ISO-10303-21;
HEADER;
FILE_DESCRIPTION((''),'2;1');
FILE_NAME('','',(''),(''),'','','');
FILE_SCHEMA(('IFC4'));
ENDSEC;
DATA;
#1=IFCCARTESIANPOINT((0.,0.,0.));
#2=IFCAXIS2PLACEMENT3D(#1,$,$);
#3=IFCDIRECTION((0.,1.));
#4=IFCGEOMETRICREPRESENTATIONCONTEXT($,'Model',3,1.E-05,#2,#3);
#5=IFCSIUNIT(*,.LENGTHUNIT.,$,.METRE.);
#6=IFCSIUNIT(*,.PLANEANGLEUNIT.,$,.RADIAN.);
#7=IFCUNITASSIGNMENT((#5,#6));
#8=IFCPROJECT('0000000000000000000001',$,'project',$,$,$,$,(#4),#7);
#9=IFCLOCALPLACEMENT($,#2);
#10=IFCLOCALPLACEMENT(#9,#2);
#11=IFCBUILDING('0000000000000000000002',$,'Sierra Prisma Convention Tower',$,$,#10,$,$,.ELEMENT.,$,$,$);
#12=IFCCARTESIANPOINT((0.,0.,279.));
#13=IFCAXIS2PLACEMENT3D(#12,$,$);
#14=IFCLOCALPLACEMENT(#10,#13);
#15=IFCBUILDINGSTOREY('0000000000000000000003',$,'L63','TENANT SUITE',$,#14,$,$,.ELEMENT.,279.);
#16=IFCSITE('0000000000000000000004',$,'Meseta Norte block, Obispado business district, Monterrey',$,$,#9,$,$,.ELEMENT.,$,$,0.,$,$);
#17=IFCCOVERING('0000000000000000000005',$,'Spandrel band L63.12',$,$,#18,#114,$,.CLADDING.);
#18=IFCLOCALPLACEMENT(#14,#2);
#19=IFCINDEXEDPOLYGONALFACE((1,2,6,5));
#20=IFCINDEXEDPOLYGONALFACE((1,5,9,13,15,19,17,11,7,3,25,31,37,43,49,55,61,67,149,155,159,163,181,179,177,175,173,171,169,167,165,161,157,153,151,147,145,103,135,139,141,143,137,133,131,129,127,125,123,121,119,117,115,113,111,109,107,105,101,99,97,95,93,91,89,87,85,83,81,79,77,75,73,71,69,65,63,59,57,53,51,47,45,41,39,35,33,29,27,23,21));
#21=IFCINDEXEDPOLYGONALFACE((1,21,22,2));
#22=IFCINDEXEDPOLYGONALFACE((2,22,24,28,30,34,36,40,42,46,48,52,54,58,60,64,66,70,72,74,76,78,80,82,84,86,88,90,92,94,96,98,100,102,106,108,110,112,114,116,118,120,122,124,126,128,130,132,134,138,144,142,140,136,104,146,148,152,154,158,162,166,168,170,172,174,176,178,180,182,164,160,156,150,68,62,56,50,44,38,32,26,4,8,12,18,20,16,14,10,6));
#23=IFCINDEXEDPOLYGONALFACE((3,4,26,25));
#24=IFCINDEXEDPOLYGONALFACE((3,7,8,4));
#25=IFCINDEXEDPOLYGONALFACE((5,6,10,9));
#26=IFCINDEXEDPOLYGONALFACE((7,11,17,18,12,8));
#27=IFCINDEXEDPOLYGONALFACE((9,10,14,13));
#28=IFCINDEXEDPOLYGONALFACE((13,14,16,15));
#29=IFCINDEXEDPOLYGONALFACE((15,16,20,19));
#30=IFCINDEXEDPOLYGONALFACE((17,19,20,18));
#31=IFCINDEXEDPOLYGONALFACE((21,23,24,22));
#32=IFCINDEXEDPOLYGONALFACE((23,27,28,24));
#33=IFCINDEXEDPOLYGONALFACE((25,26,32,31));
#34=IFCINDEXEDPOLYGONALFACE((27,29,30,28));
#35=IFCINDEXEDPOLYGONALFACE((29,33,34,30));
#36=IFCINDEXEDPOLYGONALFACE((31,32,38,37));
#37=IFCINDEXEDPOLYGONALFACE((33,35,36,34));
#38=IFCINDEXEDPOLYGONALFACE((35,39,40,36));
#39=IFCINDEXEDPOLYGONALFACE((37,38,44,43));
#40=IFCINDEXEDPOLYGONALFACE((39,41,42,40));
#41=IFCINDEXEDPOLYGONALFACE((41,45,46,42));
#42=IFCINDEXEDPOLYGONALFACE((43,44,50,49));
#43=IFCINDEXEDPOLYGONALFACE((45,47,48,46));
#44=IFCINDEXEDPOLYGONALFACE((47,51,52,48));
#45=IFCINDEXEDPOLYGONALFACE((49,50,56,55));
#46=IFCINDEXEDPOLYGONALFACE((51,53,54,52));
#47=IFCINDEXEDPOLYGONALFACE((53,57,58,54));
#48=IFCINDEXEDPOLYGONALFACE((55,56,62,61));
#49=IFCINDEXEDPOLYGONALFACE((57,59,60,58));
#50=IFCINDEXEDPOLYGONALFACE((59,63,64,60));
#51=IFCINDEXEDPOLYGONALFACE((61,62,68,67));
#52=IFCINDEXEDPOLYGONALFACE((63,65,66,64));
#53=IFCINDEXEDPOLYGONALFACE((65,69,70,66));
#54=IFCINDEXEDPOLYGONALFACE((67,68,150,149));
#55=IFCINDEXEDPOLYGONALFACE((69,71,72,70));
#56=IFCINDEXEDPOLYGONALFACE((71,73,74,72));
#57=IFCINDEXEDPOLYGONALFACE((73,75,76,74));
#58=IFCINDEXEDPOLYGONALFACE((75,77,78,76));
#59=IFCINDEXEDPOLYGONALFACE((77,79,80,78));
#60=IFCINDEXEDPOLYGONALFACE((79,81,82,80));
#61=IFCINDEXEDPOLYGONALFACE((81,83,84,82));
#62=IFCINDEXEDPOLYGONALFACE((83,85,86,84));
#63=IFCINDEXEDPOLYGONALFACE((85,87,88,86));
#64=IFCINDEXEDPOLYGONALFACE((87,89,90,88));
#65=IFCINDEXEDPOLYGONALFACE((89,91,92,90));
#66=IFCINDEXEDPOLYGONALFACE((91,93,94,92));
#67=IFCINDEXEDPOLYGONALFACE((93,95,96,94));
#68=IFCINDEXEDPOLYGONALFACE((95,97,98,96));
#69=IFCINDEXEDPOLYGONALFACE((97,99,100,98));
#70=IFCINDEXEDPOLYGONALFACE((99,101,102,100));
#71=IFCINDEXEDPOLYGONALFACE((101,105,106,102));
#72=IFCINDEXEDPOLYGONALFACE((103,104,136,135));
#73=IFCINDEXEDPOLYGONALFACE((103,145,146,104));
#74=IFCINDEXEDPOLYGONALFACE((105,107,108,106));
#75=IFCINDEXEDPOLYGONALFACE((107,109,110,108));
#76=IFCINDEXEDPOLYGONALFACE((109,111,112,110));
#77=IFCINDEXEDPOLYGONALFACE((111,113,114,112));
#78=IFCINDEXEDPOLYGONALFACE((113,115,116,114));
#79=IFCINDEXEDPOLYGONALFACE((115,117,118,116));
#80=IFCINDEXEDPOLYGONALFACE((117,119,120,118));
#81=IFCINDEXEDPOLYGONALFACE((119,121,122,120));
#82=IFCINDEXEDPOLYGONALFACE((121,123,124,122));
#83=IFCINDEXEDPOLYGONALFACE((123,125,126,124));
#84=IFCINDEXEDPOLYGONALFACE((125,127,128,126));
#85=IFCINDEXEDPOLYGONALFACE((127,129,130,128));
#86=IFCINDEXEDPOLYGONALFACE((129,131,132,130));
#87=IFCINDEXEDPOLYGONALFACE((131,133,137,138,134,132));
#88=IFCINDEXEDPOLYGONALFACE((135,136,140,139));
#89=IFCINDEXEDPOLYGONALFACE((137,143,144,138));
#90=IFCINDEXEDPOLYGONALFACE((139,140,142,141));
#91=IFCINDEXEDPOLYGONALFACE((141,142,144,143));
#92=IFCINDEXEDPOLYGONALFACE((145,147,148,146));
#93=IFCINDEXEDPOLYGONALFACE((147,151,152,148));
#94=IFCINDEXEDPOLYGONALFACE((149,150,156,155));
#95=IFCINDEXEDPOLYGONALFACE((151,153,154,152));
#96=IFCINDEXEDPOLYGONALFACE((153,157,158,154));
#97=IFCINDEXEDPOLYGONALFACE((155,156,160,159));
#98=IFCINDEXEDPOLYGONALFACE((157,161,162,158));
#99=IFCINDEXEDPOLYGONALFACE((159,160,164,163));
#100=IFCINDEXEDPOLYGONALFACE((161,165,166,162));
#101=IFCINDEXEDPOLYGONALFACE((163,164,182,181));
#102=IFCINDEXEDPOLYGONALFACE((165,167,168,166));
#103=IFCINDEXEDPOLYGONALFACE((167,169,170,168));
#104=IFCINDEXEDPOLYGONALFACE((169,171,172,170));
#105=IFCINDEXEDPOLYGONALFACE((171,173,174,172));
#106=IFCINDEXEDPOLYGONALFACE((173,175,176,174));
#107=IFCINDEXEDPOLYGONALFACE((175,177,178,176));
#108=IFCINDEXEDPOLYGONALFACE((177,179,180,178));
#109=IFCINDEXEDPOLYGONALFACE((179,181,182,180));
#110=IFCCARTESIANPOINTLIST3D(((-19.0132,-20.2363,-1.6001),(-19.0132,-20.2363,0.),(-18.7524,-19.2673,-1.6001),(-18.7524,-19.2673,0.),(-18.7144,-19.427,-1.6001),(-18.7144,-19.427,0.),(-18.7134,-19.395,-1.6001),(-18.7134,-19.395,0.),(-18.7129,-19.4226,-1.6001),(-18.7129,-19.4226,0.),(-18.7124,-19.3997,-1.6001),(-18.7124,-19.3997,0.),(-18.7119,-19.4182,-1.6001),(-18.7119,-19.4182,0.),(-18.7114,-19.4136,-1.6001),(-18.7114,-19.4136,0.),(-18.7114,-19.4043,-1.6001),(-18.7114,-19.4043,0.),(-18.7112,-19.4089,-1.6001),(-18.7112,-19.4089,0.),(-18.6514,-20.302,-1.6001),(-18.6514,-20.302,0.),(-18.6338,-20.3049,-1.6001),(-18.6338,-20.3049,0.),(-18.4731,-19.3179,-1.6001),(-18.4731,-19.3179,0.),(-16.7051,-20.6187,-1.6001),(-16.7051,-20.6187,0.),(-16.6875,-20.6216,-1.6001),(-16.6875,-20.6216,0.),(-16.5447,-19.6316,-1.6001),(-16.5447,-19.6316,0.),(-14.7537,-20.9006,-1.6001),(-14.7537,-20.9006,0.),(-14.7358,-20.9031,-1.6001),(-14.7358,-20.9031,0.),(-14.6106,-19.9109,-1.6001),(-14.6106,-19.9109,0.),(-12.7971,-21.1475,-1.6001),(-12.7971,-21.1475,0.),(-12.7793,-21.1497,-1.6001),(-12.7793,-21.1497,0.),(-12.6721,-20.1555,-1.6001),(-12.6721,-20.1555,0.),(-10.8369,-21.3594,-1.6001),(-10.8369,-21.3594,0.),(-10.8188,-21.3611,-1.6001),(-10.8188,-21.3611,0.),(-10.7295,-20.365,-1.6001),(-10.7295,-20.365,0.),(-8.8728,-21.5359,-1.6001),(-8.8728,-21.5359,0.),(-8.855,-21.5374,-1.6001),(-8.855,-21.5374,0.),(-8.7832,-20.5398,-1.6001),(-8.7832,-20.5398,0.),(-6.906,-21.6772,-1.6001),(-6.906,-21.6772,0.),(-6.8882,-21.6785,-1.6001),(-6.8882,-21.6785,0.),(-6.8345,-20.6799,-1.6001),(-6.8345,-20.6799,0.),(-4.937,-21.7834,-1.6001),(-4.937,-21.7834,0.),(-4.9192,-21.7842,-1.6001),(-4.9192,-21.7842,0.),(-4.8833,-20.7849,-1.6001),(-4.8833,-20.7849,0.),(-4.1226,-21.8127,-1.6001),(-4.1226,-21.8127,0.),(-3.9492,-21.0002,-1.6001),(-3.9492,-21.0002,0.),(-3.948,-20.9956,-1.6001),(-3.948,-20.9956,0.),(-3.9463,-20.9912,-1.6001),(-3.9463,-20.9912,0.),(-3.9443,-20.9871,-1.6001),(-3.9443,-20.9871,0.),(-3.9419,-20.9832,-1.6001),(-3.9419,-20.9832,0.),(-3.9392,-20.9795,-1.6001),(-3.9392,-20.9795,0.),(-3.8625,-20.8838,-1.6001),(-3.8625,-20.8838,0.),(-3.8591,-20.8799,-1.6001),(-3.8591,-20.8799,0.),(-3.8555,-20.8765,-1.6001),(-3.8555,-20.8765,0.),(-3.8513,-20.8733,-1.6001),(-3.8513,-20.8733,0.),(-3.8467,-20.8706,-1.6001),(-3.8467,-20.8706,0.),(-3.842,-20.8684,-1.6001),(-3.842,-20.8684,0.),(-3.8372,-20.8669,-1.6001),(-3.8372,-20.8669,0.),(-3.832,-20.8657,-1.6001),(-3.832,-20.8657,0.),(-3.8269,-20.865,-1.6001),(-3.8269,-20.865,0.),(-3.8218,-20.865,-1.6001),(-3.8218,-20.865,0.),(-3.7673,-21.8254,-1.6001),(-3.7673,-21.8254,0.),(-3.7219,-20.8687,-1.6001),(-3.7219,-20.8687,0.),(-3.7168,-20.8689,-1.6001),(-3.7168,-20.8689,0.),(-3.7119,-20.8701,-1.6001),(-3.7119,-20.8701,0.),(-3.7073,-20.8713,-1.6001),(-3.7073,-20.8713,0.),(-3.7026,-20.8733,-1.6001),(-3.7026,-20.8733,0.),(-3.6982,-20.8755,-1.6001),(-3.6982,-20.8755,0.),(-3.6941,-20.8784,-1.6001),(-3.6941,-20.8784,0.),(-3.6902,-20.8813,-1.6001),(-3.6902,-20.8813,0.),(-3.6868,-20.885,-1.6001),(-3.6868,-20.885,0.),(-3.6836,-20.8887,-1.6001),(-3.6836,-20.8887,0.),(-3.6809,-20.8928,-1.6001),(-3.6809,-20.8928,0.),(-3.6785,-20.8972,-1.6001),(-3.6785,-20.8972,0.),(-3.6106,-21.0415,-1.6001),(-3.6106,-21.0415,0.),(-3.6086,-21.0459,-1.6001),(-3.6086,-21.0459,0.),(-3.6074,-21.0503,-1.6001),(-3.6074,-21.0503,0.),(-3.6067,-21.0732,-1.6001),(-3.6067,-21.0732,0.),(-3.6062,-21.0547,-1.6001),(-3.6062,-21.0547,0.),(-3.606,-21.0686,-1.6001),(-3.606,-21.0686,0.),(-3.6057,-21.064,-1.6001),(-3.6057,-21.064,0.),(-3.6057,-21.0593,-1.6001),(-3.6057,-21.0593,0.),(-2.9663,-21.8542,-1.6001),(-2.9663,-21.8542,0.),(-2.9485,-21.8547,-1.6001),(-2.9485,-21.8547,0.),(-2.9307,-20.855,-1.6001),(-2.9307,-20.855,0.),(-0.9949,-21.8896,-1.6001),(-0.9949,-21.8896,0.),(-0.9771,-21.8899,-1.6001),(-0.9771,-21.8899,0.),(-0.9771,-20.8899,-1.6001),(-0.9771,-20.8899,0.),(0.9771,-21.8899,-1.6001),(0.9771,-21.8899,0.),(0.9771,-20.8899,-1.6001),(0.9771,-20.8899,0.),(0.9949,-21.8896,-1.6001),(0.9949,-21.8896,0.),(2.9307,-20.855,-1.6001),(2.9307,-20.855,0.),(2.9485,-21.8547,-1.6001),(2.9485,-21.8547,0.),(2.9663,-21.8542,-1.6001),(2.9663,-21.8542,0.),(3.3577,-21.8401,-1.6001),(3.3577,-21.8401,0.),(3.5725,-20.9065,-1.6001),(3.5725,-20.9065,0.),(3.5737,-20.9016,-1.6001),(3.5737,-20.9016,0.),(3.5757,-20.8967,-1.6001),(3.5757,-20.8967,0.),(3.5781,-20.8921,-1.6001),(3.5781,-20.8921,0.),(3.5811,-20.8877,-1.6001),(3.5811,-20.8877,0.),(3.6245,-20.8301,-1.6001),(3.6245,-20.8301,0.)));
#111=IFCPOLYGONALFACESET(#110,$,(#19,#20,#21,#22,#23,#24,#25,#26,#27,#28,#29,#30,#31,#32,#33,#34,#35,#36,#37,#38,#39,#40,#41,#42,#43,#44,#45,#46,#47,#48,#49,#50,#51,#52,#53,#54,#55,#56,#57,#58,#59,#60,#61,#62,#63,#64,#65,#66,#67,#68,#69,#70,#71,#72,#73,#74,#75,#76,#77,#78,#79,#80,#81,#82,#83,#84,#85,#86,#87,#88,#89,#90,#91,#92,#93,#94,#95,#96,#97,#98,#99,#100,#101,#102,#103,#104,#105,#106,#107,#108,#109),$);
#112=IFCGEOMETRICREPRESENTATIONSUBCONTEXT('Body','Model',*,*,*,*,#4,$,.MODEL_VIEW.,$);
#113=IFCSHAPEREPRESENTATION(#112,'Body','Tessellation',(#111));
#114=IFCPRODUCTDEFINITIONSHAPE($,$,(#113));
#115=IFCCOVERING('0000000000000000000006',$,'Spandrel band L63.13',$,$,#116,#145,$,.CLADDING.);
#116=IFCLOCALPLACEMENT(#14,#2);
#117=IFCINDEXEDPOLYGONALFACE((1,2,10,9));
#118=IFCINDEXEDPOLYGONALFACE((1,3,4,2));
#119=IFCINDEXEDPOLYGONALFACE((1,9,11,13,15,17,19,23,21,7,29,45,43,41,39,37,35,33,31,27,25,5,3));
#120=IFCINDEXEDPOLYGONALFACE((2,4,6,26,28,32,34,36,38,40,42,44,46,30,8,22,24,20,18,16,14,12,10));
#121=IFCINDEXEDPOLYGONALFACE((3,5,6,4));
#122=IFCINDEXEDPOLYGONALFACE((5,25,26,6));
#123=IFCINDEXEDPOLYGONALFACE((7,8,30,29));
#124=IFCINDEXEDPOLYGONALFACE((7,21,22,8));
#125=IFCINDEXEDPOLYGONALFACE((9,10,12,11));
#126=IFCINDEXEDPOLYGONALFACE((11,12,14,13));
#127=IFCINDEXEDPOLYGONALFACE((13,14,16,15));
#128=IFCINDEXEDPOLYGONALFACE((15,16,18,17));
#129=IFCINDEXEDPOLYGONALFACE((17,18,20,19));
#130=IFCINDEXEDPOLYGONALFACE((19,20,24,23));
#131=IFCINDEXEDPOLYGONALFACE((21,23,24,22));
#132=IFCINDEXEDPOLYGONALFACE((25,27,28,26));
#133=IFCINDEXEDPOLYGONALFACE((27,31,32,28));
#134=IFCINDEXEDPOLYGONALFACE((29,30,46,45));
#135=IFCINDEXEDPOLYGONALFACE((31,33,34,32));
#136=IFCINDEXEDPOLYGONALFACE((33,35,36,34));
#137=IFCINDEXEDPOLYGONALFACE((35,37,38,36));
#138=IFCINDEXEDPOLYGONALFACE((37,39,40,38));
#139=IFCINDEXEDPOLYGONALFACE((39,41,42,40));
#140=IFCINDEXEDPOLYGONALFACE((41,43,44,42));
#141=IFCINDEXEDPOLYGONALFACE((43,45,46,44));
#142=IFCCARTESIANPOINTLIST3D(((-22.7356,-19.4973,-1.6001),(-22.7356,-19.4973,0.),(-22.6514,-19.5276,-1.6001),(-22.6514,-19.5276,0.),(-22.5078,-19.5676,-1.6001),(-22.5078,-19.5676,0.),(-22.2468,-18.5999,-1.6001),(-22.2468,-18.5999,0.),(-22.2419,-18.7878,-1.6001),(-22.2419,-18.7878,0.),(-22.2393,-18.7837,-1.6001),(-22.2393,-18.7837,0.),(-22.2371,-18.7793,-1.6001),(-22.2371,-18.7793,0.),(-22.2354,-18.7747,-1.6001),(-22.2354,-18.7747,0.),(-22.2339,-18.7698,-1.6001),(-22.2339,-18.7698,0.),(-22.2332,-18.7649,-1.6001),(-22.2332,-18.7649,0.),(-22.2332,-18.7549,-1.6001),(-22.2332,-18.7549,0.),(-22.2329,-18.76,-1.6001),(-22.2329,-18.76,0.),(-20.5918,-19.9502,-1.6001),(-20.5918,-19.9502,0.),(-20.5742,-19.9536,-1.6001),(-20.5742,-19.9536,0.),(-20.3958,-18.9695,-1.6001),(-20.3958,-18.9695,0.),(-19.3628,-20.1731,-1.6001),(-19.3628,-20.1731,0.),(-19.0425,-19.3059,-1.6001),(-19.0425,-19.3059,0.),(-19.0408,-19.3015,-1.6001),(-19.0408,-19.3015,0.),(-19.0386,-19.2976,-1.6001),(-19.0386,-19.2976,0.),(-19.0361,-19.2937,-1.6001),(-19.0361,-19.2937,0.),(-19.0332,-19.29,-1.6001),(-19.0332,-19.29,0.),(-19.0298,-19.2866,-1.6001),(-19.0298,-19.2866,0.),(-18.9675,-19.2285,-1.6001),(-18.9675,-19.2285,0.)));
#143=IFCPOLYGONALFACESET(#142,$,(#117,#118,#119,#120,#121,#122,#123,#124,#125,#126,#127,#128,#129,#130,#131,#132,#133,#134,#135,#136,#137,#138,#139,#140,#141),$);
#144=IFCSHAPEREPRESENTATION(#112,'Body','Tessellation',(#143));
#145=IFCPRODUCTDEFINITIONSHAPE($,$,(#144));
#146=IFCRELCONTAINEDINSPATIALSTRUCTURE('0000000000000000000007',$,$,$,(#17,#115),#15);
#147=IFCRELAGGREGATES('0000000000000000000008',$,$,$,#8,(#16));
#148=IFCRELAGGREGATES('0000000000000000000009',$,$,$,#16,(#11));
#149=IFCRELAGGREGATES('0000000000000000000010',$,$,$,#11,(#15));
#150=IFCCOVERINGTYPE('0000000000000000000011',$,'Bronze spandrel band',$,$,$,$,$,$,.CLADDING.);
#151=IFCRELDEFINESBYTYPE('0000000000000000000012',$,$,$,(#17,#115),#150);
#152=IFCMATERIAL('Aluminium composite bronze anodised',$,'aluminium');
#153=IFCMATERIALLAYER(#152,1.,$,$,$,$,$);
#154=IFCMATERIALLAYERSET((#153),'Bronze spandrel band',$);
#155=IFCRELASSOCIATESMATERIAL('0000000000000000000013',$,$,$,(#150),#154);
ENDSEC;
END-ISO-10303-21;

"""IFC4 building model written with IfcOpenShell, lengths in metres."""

from ifc_helpers import new_model, si_unit, direction, frame, origin, place, context, subcontext, project, spatial, polyline, outline, extrude, material, layer, layer_set, type_object, element, save


model = new_model("IFC4")

# Units and contexts
model_context = context("Model", 3, precision=1e-05, world=origin(), true_north=direction((0.0, 1.0)))
body_context = subcontext(model_context, "Body", "Model", "MODEL_VIEW")
ifc_project = project(units=[si_unit("LENGTHUNIT", "METRE"), si_unit("PLANEANGLEUNIT", "RADIAN")], contexts=[model_context])

# Site, building, storey
site_placement = place(None, origin())
site = spatial("IfcSite", under=ifc_project, at=site_placement, Name="Meseta Norte block, Obispado business district, Monterrey", CompositionType="ELEMENT", RefElevation=0.0)
building_placement = place(site_placement, origin())
building = spatial("IfcBuilding", under=site, at=building_placement, Name="Sierra Prisma Convention Tower", CompositionType="ELEMENT")
storey_placement = place(building_placement, frame((0.0, 0.0, 279.0)))
storey = spatial("IfcBuildingStorey", under=building, at=storey_placement, Name="L63", Description="TENANT SUITE", CompositionType="ELEMENT", Elevation=279.0)

# Coverings
ifc_material_1 = material(Name="Aluminium composite bronze anodised", Category="aluminium")
ifc_layer_1 = layer(ifc_material_1, 1.0)
ifc_layer_set_1 = layer_set([ifc_layer_1], Name="Bronze spandrel band")
covering_type_1 = type_object("IfcCoveringType", Name="Bronze spandrel band", PredefinedType="CLADDING", material=ifc_layer_set_1)
covering_1_placement = place(storey_placement, frame((0.0, 0.0, -1.6001)))
element("IfcCovering", 1, at=covering_1_placement, inside=storey, type_object=covering_type_1, Name="Spandrel band L63.12", PredefinedType="CLADDING", context=body_context, shape_type="SweptSolid", body=[
    extrude(outline(polyline([(-3.6785, -20.8972), (-3.6809, -20.8928), (-3.6836, -20.8887), (-3.6868, -20.885), (-3.6902, -20.8813), (-3.6941, -20.8784), (-3.6982, -20.8755), (-3.7026, -20.8733), (-3.7073, -20.8713), (-3.7119, -20.8701), (-3.7168, -20.8689), (-3.7219, -20.8687), (-3.8218, -20.865), (-3.8269, -20.865), (-3.832, -20.8657), (-3.8372, -20.8669), (-3.842, -20.8684), (-3.8467, -20.8706), (-3.8513, -20.8733), (-3.8555, -20.8765), (-3.8591, -20.8799), (-3.8625, -20.8838), (-3.9392, -20.9795), (-3.9419, -20.9832), (-3.9443, -20.9871), (-3.9463, -20.9912), (-3.948, -20.9956), (-3.9492, -21.0002), (-4.1226, -21.8127), (-4.9192, -21.7842), (-4.937, -21.7834), (-6.8882, -21.6785), (-6.906, -21.6772), (-8.855, -21.5374), (-8.8728, -21.5359), (-10.8188, -21.3611), (-10.8369, -21.3594), (-12.7793, -21.1497), (-12.7971, -21.1475), (-14.7358, -20.9031), (-14.7537, -20.9006), (-16.6875, -20.6216), (-16.7051, -20.6187), (-18.6338, -20.3049), (-18.6514, -20.302), (-19.0132, -20.2363), (-18.7144, -19.427), (-18.7129, -19.4226), (-18.7119, -19.4182), (-18.7114, -19.4136), (-18.7112, -19.4089), (-18.7114, -19.4043), (-18.7124, -19.3997), (-18.7134, -19.395), (-18.7524, -19.2673), (-18.4731, -19.3179), (-16.5447, -19.6316), (-14.6106, -19.9109), (-12.6721, -20.1555), (-10.7295, -20.365), (-8.7832, -20.5398), (-6.8345, -20.6799), (-4.8833, -20.7849), (-2.9307, -20.855), (-0.9771, -20.8899), (0.9771, -20.8899), (2.9307, -20.855), (3.6245, -20.8301), (3.5811, -20.8877), (3.5781, -20.8921), (3.5757, -20.8967), (3.5737, -20.9016), (3.5725, -20.9065), (3.3577, -21.8401), (2.9663, -21.8542), (2.9485, -21.8547), (0.9949, -21.8896), (0.9771, -21.8899), (-0.9771, -21.8899), (-0.9949, -21.8896), (-2.9485, -21.8547), (-2.9663, -21.8542), (-3.7673, -21.8254), (-3.6067, -21.0732), (-3.606, -21.0686), (-3.6057, -21.064), (-3.6057, -21.0593), (-3.6062, -21.0547), (-3.6074, -21.0503), (-3.6086, -21.0459), (-3.6106, -21.0415), (-3.6785, -20.8972)])), origin(), (0.0, 0.0, 1.0), 1.6001),
])
covering_2_placement = place(storey_placement, frame((0.0, 0.0, -1.6001)))
element("IfcCovering", 2, at=covering_2_placement, inside=storey, type_object=covering_type_1, Name="Spandrel band L63.13", PredefinedType="CLADDING", context=body_context, shape_type="SweptSolid", body=[
    extrude(outline(polyline([(-19.0361, -19.2937), (-19.0386, -19.2976), (-19.0408, -19.3015), (-19.0425, -19.3059), (-19.3628, -20.1731), (-20.5742, -19.9536), (-20.5918, -19.9502), (-22.5078, -19.5676), (-22.6514, -19.5276), (-22.7356, -19.4973), (-22.2419, -18.7878), (-22.2393, -18.7837), (-22.2371, -18.7793), (-22.2354, -18.7747), (-22.2339, -18.7698), (-22.2332, -18.7649), (-22.2329, -18.76), (-22.2332, -18.7549), (-22.2468, -18.5999), (-20.3958, -18.9695), (-18.9675, -19.2285), (-19.0298, -19.2866), (-19.0332, -19.29), (-19.0361, -19.2937)])), origin(), (0.0, 0.0, 1.0), 1.6001),
])

save(model, "model.ifc")
